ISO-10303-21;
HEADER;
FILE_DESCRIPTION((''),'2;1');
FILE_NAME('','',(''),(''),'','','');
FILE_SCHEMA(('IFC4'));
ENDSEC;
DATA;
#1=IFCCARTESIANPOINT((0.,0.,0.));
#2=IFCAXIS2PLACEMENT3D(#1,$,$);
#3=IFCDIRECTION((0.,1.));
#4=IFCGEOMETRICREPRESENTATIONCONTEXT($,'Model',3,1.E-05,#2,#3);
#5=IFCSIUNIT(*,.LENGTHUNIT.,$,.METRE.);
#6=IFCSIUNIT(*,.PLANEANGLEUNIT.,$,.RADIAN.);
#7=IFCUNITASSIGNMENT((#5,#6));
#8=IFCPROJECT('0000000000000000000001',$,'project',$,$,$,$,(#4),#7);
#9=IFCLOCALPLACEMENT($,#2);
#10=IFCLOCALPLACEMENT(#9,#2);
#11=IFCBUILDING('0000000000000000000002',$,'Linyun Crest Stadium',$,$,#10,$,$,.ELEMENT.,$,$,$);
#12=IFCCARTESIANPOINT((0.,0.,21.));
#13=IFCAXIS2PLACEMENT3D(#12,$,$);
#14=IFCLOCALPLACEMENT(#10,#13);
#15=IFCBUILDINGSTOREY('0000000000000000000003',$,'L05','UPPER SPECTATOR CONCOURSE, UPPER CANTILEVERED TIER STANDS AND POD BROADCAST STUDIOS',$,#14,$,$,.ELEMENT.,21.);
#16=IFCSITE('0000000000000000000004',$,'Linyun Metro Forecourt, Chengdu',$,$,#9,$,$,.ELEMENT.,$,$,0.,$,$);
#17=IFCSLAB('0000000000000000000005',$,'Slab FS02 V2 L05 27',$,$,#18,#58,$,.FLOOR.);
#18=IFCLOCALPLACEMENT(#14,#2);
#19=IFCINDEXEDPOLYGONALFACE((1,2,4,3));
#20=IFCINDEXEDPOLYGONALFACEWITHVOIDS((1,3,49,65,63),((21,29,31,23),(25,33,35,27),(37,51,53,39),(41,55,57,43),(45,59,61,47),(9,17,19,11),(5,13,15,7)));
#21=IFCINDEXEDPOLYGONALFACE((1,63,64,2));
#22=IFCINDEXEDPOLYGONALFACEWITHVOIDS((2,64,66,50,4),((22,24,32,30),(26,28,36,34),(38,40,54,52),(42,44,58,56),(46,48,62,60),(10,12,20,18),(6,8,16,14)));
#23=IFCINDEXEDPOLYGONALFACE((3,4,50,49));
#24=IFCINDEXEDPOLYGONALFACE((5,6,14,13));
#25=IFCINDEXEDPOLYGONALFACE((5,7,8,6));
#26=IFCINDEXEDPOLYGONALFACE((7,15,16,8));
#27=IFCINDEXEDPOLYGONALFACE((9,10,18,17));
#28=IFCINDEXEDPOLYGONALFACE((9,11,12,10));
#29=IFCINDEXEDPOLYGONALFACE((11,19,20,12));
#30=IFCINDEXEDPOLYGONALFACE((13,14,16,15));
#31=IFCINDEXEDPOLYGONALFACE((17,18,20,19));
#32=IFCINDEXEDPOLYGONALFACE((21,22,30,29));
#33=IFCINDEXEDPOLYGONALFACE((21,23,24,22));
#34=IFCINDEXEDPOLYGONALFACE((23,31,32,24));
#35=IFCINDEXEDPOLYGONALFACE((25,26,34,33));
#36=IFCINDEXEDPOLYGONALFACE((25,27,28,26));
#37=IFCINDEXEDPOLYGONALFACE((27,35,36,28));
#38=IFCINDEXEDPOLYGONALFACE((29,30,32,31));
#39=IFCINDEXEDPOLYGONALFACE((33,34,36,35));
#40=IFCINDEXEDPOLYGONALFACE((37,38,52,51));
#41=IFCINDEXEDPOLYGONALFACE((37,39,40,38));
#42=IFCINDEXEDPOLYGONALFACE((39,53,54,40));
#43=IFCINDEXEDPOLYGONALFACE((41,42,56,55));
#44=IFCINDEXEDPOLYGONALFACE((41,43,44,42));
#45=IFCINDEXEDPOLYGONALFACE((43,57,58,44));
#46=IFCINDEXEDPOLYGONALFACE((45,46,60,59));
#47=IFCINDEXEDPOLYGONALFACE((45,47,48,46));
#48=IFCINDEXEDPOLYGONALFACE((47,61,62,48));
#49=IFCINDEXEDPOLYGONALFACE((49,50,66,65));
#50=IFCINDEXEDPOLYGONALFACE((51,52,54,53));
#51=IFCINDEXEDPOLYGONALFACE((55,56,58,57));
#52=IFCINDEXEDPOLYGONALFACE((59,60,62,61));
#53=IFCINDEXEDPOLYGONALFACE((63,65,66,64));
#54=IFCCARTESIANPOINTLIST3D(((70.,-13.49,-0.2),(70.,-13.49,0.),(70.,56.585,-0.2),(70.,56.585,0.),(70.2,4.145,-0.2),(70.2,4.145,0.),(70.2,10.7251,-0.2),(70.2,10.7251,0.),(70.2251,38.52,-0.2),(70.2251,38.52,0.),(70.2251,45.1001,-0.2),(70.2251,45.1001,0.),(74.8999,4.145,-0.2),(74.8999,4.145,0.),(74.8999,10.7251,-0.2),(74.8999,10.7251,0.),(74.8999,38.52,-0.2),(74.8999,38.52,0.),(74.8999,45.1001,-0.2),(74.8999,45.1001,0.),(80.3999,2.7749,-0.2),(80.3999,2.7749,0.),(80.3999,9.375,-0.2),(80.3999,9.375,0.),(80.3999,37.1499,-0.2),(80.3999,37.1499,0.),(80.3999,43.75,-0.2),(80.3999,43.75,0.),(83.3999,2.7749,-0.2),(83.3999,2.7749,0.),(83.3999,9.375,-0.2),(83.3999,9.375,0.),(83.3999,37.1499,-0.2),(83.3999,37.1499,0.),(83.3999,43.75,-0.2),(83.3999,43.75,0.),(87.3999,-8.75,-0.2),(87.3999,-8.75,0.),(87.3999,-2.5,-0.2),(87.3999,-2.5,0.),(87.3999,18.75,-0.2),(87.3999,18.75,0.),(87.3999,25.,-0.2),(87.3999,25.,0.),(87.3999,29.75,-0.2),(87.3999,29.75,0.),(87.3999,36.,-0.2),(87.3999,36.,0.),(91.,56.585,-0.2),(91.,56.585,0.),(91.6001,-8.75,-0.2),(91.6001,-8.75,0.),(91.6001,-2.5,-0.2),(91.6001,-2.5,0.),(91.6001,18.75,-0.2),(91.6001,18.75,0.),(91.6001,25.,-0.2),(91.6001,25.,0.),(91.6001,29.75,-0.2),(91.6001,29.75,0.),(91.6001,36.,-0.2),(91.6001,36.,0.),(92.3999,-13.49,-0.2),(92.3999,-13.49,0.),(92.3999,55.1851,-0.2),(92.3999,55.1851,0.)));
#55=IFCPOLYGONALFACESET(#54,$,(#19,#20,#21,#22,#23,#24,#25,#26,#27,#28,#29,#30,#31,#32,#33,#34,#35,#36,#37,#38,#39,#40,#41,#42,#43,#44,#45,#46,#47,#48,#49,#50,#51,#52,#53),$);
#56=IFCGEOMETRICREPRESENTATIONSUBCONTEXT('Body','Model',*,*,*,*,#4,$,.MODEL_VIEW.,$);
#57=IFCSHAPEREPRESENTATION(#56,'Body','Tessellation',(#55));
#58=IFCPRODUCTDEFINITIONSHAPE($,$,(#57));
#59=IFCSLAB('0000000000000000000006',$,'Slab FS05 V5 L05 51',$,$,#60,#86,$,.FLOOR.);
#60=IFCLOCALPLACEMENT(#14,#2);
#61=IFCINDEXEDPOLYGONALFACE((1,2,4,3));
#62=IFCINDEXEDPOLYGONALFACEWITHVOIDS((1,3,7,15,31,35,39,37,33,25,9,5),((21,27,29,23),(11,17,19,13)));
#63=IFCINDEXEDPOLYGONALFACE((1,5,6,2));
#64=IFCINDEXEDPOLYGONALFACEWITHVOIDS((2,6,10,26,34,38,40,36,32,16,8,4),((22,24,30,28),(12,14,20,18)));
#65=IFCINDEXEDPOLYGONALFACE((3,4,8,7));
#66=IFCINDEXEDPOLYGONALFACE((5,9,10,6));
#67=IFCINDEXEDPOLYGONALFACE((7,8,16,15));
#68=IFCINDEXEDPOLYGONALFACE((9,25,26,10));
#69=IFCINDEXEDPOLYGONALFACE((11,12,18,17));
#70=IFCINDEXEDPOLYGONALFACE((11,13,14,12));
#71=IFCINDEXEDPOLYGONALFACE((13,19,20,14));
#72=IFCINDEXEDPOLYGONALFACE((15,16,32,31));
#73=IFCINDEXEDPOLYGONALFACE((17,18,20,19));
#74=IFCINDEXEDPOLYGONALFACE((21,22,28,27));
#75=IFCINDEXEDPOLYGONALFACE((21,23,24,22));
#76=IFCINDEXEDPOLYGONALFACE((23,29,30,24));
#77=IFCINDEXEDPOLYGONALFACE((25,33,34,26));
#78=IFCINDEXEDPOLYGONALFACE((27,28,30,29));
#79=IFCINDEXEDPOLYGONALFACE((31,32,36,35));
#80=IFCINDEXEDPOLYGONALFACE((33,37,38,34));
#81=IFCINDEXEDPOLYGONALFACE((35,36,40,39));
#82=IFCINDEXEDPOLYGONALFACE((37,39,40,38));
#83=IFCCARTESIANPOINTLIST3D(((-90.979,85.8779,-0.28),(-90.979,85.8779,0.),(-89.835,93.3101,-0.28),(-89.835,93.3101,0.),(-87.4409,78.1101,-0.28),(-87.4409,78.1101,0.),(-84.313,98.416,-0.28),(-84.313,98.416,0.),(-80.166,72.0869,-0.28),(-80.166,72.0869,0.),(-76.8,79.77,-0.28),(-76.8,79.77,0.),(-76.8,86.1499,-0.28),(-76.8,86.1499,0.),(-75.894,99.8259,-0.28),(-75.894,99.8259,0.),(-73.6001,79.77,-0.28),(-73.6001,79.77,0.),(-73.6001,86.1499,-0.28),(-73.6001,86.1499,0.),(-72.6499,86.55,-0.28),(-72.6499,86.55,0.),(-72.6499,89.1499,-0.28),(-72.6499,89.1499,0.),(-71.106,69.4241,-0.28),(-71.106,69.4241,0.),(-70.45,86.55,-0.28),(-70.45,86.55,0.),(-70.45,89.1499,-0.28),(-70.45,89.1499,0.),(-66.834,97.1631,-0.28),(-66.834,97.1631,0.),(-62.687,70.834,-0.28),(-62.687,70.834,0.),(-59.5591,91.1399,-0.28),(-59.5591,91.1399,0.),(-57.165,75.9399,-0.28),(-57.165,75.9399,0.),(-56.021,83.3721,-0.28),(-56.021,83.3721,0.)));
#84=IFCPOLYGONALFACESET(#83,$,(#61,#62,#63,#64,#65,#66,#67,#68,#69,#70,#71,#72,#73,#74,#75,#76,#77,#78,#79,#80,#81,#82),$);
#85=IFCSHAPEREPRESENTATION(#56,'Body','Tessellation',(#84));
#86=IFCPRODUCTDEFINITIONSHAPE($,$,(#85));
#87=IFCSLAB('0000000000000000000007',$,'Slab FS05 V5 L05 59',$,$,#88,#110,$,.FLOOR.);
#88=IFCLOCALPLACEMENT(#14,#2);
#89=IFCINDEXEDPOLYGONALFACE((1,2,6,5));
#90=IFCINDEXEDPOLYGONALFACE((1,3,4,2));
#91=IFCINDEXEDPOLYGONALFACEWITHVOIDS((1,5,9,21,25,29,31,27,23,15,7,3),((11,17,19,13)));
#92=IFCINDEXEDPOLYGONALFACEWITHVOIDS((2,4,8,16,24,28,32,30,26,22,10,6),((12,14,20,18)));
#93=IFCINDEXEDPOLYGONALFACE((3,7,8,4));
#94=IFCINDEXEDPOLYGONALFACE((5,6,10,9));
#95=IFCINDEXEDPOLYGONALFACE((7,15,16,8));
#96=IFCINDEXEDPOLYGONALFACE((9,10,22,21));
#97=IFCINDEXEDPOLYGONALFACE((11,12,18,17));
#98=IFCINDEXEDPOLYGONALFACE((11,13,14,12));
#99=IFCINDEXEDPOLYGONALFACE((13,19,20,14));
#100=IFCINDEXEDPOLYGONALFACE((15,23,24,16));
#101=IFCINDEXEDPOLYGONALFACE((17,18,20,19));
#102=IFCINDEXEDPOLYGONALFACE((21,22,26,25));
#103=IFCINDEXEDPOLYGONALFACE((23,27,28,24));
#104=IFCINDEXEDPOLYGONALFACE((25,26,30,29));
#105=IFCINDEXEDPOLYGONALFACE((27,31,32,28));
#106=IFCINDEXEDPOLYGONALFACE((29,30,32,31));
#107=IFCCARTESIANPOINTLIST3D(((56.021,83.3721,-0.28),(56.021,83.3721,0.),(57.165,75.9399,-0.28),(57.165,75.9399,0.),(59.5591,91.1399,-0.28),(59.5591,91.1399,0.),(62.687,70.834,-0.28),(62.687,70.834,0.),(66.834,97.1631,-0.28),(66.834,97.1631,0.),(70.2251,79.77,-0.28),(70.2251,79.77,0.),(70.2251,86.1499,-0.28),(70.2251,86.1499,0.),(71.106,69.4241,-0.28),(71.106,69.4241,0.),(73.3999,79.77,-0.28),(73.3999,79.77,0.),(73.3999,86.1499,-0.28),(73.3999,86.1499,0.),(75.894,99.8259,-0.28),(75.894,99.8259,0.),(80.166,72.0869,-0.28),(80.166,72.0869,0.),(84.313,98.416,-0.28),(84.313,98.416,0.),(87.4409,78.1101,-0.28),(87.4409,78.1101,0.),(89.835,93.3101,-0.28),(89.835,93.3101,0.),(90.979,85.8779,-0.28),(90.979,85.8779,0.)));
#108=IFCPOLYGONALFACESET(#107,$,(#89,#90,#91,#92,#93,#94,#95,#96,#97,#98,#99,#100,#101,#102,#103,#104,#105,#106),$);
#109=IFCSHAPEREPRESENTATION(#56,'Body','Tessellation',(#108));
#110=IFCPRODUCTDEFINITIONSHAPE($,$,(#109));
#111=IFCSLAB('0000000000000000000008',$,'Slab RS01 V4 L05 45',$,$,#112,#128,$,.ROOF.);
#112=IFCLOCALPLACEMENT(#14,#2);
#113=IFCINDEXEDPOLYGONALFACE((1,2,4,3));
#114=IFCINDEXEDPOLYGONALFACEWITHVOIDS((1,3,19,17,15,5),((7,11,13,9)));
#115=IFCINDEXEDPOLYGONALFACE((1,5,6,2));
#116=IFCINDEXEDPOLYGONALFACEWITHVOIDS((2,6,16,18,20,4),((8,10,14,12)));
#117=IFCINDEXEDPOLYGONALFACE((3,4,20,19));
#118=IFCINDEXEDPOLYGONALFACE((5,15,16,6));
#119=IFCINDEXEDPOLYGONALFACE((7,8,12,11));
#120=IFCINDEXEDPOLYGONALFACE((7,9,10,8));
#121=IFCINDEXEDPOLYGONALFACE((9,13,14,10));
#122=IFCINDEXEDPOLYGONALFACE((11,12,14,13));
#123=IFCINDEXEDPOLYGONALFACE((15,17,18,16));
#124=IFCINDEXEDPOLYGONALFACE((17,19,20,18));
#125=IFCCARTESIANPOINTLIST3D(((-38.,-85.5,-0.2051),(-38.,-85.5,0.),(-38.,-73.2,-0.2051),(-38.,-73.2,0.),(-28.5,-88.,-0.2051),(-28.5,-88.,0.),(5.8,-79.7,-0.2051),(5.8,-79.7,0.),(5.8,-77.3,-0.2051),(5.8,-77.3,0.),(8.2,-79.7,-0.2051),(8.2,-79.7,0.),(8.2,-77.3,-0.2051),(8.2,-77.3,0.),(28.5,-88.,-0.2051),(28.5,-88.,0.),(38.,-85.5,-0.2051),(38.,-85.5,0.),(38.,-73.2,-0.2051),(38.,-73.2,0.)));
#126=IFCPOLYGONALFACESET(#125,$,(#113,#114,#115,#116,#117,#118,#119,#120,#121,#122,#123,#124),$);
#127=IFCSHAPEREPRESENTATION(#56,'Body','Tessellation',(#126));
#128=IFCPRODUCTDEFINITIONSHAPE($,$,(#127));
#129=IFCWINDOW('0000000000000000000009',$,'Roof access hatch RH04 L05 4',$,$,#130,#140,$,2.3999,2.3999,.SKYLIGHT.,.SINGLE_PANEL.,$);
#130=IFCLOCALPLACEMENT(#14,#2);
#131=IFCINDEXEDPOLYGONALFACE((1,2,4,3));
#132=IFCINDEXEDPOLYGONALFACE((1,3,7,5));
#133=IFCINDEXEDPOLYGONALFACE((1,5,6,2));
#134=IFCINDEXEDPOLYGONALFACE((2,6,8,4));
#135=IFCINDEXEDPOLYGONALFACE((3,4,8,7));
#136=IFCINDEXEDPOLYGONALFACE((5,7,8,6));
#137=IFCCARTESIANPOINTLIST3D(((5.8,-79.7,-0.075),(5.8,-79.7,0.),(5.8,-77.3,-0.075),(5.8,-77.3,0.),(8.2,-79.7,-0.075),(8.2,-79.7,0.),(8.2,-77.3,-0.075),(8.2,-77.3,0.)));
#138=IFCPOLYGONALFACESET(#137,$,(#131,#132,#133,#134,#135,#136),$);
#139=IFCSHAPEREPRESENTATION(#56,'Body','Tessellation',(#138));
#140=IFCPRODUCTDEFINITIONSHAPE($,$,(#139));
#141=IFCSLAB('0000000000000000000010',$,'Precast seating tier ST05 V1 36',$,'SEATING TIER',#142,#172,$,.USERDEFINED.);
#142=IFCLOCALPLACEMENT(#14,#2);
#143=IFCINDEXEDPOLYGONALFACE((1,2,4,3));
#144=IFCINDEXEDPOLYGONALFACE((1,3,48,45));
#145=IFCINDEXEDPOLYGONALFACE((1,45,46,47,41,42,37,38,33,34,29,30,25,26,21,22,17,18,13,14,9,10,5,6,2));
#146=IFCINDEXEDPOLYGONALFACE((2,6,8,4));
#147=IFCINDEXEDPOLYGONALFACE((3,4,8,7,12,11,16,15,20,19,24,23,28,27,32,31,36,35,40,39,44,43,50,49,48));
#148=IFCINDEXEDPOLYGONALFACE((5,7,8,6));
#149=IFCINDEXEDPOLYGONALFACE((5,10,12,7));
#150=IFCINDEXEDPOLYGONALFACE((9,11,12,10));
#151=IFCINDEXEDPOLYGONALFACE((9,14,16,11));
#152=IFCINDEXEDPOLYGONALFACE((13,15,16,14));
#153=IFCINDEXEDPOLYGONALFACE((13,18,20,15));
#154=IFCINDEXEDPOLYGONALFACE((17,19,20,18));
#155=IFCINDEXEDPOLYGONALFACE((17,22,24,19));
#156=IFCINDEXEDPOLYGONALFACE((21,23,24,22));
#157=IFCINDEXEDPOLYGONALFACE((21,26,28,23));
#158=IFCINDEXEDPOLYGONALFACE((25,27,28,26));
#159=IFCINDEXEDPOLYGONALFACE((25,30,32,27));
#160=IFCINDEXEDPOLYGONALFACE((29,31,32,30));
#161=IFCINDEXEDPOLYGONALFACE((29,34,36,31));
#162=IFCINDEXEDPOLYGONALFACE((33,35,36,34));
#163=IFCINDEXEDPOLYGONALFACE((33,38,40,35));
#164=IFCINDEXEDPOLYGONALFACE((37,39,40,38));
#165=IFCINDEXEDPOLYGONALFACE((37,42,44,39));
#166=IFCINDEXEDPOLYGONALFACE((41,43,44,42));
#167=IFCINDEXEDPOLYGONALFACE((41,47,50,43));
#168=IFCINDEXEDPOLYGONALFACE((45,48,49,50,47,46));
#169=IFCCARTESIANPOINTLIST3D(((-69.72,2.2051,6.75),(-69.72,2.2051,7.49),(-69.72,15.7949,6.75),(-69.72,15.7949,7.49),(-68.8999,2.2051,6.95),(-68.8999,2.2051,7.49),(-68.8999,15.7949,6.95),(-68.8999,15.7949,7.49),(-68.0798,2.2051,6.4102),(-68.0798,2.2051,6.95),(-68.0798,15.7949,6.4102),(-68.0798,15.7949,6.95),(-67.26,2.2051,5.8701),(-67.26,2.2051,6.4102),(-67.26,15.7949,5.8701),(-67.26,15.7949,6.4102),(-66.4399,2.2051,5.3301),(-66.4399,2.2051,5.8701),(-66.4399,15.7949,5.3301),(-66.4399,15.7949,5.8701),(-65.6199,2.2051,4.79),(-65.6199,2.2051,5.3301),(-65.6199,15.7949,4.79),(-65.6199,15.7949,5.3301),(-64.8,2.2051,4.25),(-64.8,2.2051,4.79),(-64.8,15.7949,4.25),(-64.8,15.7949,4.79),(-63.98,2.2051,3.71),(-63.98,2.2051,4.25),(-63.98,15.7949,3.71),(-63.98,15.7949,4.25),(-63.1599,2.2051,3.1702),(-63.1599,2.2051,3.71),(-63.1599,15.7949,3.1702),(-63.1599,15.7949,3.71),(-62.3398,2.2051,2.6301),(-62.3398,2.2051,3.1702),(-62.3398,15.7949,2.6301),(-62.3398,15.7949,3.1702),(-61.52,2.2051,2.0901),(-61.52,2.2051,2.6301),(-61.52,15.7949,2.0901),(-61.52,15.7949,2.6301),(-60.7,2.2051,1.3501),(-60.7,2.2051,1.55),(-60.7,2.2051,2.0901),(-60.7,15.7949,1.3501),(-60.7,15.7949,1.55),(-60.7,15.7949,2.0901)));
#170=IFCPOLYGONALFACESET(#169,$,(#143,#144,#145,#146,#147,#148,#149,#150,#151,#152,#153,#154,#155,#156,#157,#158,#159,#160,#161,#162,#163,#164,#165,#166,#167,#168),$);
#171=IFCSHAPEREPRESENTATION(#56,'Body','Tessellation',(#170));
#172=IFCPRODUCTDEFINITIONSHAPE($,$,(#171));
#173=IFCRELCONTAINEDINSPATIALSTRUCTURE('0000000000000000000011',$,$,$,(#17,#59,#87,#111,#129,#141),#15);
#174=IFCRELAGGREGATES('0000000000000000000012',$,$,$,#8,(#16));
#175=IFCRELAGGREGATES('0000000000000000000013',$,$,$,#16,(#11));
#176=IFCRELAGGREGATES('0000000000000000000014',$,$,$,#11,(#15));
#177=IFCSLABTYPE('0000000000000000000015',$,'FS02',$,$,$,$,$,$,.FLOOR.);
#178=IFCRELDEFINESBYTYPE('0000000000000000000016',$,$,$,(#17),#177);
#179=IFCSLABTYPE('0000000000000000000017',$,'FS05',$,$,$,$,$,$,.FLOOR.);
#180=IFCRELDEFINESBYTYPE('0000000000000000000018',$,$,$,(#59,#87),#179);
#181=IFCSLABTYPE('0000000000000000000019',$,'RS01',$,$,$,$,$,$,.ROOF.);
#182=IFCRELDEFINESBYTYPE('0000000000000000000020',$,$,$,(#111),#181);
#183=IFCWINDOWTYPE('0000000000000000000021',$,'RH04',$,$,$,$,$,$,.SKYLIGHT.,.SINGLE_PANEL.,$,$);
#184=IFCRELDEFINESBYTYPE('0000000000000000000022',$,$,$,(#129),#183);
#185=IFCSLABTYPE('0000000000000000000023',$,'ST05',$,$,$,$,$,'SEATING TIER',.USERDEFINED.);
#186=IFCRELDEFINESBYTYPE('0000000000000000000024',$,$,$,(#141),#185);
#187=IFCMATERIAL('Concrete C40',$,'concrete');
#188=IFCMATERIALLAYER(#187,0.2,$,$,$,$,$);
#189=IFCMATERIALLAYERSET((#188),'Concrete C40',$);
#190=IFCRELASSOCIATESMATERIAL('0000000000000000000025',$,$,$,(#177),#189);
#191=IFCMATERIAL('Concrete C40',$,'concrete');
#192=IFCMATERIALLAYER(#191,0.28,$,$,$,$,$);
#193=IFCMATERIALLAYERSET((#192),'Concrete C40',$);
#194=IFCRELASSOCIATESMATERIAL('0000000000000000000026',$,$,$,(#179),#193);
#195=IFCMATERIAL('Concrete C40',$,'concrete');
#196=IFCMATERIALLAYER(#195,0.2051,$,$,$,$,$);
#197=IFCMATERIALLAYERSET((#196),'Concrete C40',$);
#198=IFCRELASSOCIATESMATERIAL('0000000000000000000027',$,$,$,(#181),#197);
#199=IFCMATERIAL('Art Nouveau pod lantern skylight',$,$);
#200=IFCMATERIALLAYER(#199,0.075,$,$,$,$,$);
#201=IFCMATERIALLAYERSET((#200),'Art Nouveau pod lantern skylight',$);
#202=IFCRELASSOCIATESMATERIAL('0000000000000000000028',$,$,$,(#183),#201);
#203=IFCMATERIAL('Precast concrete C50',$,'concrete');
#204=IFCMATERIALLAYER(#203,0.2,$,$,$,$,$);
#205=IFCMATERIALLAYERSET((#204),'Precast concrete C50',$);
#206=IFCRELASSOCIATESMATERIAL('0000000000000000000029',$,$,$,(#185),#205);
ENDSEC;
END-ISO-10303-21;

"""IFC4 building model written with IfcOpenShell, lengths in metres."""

from ifc_helpers import new_model, si_unit, direction, frame, origin, origin_2d, place, context, subcontext, project, spatial, polyline, rectangle, outline, extrude, material, layer, layer_set, type_object, element, fill, save


model = new_model("IFC4")

# Units and contexts
model_context = context("Model", 3, precision=1e-05, world=origin(), true_north=direction((0.0, 1.0)))
body_context = subcontext(model_context, "Body", "Model", "MODEL_VIEW")
ifc_project = project(units=[si_unit("LENGTHUNIT", "METRE"), si_unit("PLANEANGLEUNIT", "RADIAN")], contexts=[model_context])

# Site, building, storey
site_placement = place(None, origin())
site = spatial("IfcSite", under=ifc_project, at=site_placement, Name="Linyun Metro Forecourt, Chengdu", CompositionType="ELEMENT", RefElevation=0.0)
building_placement = place(site_placement, origin())
building = spatial("IfcBuilding", under=site, at=building_placement, Name="Linyun Crest Stadium", CompositionType="ELEMENT")
storey_placement = place(building_placement, frame((0.0, 0.0, 21.0)))
storey = spatial("IfcBuildingStorey", under=building, at=storey_placement, Name="L05", Description="UPPER SPECTATOR CONCOURSE, UPPER CANTILEVERED TIER STANDS AND POD BROADCAST STUDIOS", CompositionType="ELEMENT", Elevation=21.0)

# Slabs
ifc_material_1 = material(Name="Concrete C40", Category="concrete")
ifc_layer_1 = layer(ifc_material_1, 0.2)
ifc_layer_set_1 = layer_set([ifc_layer_1], Name="Concrete C40")
slab_type_1 = type_object("IfcSlabType", Name="FS02", PredefinedType="FLOOR", material=ifc_layer_set_1)
slab_1_placement = place(storey_placement, frame((0.0, 0.0, -0.2)))
element("IfcSlab", 1, at=slab_1_placement, inside=storey, type_object=slab_type_1, Name="Slab FS02 V2 L05 27", PredefinedType="FLOOR", context=body_context, shape_type="SweptSolid", body=[
    extrude(outline(polyline([(70.0, -13.49), (92.3999, -13.49), (92.3999, 55.1851), (91.0, 56.585), (70.0, 56.585), (70.0, -13.49)]), holes=[polyline([(70.2, 4.145), (70.2, 10.7251), (74.8999, 10.7251), (74.8999, 4.145), (70.2, 4.145)]), polyline([(80.3999, 2.7749), (80.3999, 9.375), (83.3999, 9.375), (83.3999, 2.7749), (80.3999, 2.7749)]), polyline([(70.2251, 38.52), (70.2251, 45.1001), (74.8999, 45.1001), (74.8999, 38.52), (70.2251, 38.52)]), polyline([(80.3999, 37.1499), (80.3999, 43.75), (83.3999, 43.75), (83.3999, 37.1499), (80.3999, 37.1499)]), polyline([(87.3999, -8.75), (87.3999, -2.5), (91.6001, -2.5), (91.6001, -8.75), (87.3999, -8.75)]), polyline([(87.3999, 18.75), (87.3999, 25.0), (91.6001, 25.0), (91.6001, 18.75), (87.3999, 18.75)]), polyline([(87.3999, 29.75), (87.3999, 36.0), (91.6001, 36.0), (91.6001, 29.75), (87.3999, 29.75)])]), origin(), (0.0, 0.0, 1.0), 0.2),
])
ifc_material_2 = material(Name="Concrete C40", Category="concrete")
ifc_layer_2 = layer(ifc_material_2, 0.28)
ifc_layer_set_2 = layer_set([ifc_layer_2], Name="Concrete C40")
slab_type_2 = type_object("IfcSlabType", Name="FS05", PredefinedType="FLOOR", material=ifc_layer_set_2)
slab_2_placement = place(storey_placement, frame((0.0, 0.0, -0.28)))
element("IfcSlab", 2, at=slab_2_placement, inside=storey, type_object=slab_type_2, Name="Slab FS05 V5 L05 51", PredefinedType="FLOOR", context=body_context, shape_type="SweptSolid", body=[
    extrude(outline(polyline([(-57.165, 75.9399), (-56.021, 83.3721), (-59.5591, 91.1399), (-66.834, 97.1631), (-75.894, 99.8259), (-84.313, 98.416), (-89.835, 93.3101), (-90.979, 85.8779), (-87.4409, 78.1101), (-80.166, 72.0869), (-71.106, 69.4241), (-62.687, 70.834), (-57.165, 75.9399)]), holes=[polyline([(-76.8, 79.77), (-76.8, 86.1499), (-73.6001, 86.1499), (-73.6001, 79.77), (-76.8, 79.77)]), polyline([(-72.6499, 86.55), (-72.6499, 89.1499), (-70.45, 89.1499), (-70.45, 86.55), (-72.6499, 86.55)])]), origin(), (0.0, 0.0, 1.0), 0.28),
])
slab_3_placement = place(storey_placement, frame((0.0, 0.0, -0.28)))
element("IfcSlab", 3, at=slab_3_placement, inside=storey, type_object=slab_type_2, Name="Slab FS05 V5 L05 59", PredefinedType="FLOOR", context=body_context, shape_type="SweptSolid", body=[
    extrude(outline(polyline([(89.835, 93.3101), (84.313, 98.416), (75.894, 99.8259), (66.834, 97.1631), (59.5591, 91.1399), (56.021, 83.3721), (57.165, 75.9399), (62.687, 70.834), (71.106, 69.4241), (80.166, 72.0869), (87.4409, 78.1101), (90.979, 85.8779), (89.835, 93.3101)]), holes=[polyline([(70.2251, 79.77), (70.2251, 86.1499), (73.3999, 86.1499), (73.3999, 79.77), (70.2251, 79.77)])]), origin(), (0.0, 0.0, 1.0), 0.28),
])

# Slab, opening, window
ifc_material_3 = material(Name="Concrete C40", Category="concrete")
ifc_layer_3 = layer(ifc_material_3, 0.2051)
ifc_layer_set_3 = layer_set([ifc_layer_3], Name="Concrete C40")
slab_type_3 = type_object("IfcSlabType", Name="RS01", PredefinedType="ROOF", material=ifc_layer_set_3)
slab_4_placement = place(storey_placement, frame((0.0, 0.0, -0.2051)))
slab_4 = element("IfcSlab", 4, at=slab_4_placement, inside=storey, type_object=slab_type_3, Name="Slab RS01 V4 L05 45", PredefinedType="ROOF", context=body_context, shape_type="SweptSolid", body=[
    extrude(outline(polyline([(-38.0, -85.5), (-28.5, -88.0), (28.5, -88.0), (38.0, -85.5), (38.0, -73.2), (-38.0, -73.2), (-38.0, -85.5)])), origin(), (0.0, 0.0, 1.0), 0.2051),
])
opening_placement = place(slab_4_placement, frame((7.0, -78.5, 0.0)))
opening = element("IfcOpeningElement", 5, at=opening_placement, cuts=slab_4, PredefinedType="OPENING", context=body_context, shape_type="SweptSolid", body=[
    extrude(rectangle(XDim=2.3999, YDim=2.3999, at=origin_2d()), origin(), (0.0, 0.0, 1.0), 0.2051),
])
ifc_material_4 = material(Name="Art Nouveau pod lantern skylight")
ifc_layer_4 = layer(ifc_material_4, 0.075)
ifc_layer_set_4 = layer_set([ifc_layer_4], Name="Art Nouveau pod lantern skylight")
window_type = type_object("IfcWindowType", Name="RH04", PartitioningType="SINGLE_PANEL", PredefinedType="SKYLIGHT", material=ifc_layer_set_4)
window_placement = place(opening_placement, frame((0.0, 0.0, 0.1301)))
window = element("IfcWindow", 6, at=window_placement, inside=storey, type_object=window_type, Name="Roof access hatch RH04 L05 4", OverallHeight=2.3999, OverallWidth=2.3999, PartitioningType="SINGLE_PANEL", PredefinedType="SKYLIGHT", context=body_context, shape_type="SweptSolid", body=[
    extrude(rectangle(XDim=2.3999, YDim=2.3999, at=origin_2d()), origin(), (0.0, 0.0, 1.0), 0.075),
])
fill(opening, window)

# Slab
ifc_material_5 = material(Name="Precast concrete C50", Category="concrete")
ifc_layer_5 = layer(ifc_material_5, 0.2)
ifc_layer_set_5 = layer_set([ifc_layer_5], Name="Precast concrete C50")
slab_type_4 = type_object("IfcSlabType", Name="ST05", ElementType="SEATING TIER", PredefinedType="USERDEFINED", material=ifc_layer_set_5)
for number, where, z_axis, x_axis, name in (
    (7, (-60.7, 2.2051, 1.55), (0.0, 0.0, 1.0), (-1.0, 0.0, 0.0), "Precast seating tier ST05 V1 36"),
):
    element("IfcSlab", number, at=place(storey_placement, frame(where, z_axis=z_axis, x_axis=x_axis)), inside=storey, type_object=slab_type_4, Name=name, ObjectType="SEATING TIER", PredefinedType="USERDEFINED", context=body_context, shape_type="SweptSolid", body=[
        extrude(outline(polyline([(0.0, 0.0), (0.0, 0.54), (0.8201, 0.54), (0.8201, 1.0801), (1.6399, 1.0801), (1.6399, 1.6201), (2.46, 1.6201), (2.46, 2.1599), (3.28, 2.1599), (3.28, 2.7), (4.1001, 2.7), (4.1001, 3.24), (4.9199, 3.24), (4.9199, 3.78), (5.74, 3.78), (5.74, 4.3201), (6.5601, 4.3201), (6.5601, 4.8601), (7.3799, 4.8601), (7.3799, 5.3999), (8.2, 5.3999), (8.2, 5.9399), (9.02, 5.9399), (9.02, 5.2), (0.0, -0.2), (0.0, 0.0)])), frame((0.0, 0.0, 0.0), z_axis=(0.0, -1.0, 0.0), x_axis=(1.0, 0.0, 0.0)), (0.0, 0.0, 1.0), 13.5898),
    ])

save(model, "model.ifc")
